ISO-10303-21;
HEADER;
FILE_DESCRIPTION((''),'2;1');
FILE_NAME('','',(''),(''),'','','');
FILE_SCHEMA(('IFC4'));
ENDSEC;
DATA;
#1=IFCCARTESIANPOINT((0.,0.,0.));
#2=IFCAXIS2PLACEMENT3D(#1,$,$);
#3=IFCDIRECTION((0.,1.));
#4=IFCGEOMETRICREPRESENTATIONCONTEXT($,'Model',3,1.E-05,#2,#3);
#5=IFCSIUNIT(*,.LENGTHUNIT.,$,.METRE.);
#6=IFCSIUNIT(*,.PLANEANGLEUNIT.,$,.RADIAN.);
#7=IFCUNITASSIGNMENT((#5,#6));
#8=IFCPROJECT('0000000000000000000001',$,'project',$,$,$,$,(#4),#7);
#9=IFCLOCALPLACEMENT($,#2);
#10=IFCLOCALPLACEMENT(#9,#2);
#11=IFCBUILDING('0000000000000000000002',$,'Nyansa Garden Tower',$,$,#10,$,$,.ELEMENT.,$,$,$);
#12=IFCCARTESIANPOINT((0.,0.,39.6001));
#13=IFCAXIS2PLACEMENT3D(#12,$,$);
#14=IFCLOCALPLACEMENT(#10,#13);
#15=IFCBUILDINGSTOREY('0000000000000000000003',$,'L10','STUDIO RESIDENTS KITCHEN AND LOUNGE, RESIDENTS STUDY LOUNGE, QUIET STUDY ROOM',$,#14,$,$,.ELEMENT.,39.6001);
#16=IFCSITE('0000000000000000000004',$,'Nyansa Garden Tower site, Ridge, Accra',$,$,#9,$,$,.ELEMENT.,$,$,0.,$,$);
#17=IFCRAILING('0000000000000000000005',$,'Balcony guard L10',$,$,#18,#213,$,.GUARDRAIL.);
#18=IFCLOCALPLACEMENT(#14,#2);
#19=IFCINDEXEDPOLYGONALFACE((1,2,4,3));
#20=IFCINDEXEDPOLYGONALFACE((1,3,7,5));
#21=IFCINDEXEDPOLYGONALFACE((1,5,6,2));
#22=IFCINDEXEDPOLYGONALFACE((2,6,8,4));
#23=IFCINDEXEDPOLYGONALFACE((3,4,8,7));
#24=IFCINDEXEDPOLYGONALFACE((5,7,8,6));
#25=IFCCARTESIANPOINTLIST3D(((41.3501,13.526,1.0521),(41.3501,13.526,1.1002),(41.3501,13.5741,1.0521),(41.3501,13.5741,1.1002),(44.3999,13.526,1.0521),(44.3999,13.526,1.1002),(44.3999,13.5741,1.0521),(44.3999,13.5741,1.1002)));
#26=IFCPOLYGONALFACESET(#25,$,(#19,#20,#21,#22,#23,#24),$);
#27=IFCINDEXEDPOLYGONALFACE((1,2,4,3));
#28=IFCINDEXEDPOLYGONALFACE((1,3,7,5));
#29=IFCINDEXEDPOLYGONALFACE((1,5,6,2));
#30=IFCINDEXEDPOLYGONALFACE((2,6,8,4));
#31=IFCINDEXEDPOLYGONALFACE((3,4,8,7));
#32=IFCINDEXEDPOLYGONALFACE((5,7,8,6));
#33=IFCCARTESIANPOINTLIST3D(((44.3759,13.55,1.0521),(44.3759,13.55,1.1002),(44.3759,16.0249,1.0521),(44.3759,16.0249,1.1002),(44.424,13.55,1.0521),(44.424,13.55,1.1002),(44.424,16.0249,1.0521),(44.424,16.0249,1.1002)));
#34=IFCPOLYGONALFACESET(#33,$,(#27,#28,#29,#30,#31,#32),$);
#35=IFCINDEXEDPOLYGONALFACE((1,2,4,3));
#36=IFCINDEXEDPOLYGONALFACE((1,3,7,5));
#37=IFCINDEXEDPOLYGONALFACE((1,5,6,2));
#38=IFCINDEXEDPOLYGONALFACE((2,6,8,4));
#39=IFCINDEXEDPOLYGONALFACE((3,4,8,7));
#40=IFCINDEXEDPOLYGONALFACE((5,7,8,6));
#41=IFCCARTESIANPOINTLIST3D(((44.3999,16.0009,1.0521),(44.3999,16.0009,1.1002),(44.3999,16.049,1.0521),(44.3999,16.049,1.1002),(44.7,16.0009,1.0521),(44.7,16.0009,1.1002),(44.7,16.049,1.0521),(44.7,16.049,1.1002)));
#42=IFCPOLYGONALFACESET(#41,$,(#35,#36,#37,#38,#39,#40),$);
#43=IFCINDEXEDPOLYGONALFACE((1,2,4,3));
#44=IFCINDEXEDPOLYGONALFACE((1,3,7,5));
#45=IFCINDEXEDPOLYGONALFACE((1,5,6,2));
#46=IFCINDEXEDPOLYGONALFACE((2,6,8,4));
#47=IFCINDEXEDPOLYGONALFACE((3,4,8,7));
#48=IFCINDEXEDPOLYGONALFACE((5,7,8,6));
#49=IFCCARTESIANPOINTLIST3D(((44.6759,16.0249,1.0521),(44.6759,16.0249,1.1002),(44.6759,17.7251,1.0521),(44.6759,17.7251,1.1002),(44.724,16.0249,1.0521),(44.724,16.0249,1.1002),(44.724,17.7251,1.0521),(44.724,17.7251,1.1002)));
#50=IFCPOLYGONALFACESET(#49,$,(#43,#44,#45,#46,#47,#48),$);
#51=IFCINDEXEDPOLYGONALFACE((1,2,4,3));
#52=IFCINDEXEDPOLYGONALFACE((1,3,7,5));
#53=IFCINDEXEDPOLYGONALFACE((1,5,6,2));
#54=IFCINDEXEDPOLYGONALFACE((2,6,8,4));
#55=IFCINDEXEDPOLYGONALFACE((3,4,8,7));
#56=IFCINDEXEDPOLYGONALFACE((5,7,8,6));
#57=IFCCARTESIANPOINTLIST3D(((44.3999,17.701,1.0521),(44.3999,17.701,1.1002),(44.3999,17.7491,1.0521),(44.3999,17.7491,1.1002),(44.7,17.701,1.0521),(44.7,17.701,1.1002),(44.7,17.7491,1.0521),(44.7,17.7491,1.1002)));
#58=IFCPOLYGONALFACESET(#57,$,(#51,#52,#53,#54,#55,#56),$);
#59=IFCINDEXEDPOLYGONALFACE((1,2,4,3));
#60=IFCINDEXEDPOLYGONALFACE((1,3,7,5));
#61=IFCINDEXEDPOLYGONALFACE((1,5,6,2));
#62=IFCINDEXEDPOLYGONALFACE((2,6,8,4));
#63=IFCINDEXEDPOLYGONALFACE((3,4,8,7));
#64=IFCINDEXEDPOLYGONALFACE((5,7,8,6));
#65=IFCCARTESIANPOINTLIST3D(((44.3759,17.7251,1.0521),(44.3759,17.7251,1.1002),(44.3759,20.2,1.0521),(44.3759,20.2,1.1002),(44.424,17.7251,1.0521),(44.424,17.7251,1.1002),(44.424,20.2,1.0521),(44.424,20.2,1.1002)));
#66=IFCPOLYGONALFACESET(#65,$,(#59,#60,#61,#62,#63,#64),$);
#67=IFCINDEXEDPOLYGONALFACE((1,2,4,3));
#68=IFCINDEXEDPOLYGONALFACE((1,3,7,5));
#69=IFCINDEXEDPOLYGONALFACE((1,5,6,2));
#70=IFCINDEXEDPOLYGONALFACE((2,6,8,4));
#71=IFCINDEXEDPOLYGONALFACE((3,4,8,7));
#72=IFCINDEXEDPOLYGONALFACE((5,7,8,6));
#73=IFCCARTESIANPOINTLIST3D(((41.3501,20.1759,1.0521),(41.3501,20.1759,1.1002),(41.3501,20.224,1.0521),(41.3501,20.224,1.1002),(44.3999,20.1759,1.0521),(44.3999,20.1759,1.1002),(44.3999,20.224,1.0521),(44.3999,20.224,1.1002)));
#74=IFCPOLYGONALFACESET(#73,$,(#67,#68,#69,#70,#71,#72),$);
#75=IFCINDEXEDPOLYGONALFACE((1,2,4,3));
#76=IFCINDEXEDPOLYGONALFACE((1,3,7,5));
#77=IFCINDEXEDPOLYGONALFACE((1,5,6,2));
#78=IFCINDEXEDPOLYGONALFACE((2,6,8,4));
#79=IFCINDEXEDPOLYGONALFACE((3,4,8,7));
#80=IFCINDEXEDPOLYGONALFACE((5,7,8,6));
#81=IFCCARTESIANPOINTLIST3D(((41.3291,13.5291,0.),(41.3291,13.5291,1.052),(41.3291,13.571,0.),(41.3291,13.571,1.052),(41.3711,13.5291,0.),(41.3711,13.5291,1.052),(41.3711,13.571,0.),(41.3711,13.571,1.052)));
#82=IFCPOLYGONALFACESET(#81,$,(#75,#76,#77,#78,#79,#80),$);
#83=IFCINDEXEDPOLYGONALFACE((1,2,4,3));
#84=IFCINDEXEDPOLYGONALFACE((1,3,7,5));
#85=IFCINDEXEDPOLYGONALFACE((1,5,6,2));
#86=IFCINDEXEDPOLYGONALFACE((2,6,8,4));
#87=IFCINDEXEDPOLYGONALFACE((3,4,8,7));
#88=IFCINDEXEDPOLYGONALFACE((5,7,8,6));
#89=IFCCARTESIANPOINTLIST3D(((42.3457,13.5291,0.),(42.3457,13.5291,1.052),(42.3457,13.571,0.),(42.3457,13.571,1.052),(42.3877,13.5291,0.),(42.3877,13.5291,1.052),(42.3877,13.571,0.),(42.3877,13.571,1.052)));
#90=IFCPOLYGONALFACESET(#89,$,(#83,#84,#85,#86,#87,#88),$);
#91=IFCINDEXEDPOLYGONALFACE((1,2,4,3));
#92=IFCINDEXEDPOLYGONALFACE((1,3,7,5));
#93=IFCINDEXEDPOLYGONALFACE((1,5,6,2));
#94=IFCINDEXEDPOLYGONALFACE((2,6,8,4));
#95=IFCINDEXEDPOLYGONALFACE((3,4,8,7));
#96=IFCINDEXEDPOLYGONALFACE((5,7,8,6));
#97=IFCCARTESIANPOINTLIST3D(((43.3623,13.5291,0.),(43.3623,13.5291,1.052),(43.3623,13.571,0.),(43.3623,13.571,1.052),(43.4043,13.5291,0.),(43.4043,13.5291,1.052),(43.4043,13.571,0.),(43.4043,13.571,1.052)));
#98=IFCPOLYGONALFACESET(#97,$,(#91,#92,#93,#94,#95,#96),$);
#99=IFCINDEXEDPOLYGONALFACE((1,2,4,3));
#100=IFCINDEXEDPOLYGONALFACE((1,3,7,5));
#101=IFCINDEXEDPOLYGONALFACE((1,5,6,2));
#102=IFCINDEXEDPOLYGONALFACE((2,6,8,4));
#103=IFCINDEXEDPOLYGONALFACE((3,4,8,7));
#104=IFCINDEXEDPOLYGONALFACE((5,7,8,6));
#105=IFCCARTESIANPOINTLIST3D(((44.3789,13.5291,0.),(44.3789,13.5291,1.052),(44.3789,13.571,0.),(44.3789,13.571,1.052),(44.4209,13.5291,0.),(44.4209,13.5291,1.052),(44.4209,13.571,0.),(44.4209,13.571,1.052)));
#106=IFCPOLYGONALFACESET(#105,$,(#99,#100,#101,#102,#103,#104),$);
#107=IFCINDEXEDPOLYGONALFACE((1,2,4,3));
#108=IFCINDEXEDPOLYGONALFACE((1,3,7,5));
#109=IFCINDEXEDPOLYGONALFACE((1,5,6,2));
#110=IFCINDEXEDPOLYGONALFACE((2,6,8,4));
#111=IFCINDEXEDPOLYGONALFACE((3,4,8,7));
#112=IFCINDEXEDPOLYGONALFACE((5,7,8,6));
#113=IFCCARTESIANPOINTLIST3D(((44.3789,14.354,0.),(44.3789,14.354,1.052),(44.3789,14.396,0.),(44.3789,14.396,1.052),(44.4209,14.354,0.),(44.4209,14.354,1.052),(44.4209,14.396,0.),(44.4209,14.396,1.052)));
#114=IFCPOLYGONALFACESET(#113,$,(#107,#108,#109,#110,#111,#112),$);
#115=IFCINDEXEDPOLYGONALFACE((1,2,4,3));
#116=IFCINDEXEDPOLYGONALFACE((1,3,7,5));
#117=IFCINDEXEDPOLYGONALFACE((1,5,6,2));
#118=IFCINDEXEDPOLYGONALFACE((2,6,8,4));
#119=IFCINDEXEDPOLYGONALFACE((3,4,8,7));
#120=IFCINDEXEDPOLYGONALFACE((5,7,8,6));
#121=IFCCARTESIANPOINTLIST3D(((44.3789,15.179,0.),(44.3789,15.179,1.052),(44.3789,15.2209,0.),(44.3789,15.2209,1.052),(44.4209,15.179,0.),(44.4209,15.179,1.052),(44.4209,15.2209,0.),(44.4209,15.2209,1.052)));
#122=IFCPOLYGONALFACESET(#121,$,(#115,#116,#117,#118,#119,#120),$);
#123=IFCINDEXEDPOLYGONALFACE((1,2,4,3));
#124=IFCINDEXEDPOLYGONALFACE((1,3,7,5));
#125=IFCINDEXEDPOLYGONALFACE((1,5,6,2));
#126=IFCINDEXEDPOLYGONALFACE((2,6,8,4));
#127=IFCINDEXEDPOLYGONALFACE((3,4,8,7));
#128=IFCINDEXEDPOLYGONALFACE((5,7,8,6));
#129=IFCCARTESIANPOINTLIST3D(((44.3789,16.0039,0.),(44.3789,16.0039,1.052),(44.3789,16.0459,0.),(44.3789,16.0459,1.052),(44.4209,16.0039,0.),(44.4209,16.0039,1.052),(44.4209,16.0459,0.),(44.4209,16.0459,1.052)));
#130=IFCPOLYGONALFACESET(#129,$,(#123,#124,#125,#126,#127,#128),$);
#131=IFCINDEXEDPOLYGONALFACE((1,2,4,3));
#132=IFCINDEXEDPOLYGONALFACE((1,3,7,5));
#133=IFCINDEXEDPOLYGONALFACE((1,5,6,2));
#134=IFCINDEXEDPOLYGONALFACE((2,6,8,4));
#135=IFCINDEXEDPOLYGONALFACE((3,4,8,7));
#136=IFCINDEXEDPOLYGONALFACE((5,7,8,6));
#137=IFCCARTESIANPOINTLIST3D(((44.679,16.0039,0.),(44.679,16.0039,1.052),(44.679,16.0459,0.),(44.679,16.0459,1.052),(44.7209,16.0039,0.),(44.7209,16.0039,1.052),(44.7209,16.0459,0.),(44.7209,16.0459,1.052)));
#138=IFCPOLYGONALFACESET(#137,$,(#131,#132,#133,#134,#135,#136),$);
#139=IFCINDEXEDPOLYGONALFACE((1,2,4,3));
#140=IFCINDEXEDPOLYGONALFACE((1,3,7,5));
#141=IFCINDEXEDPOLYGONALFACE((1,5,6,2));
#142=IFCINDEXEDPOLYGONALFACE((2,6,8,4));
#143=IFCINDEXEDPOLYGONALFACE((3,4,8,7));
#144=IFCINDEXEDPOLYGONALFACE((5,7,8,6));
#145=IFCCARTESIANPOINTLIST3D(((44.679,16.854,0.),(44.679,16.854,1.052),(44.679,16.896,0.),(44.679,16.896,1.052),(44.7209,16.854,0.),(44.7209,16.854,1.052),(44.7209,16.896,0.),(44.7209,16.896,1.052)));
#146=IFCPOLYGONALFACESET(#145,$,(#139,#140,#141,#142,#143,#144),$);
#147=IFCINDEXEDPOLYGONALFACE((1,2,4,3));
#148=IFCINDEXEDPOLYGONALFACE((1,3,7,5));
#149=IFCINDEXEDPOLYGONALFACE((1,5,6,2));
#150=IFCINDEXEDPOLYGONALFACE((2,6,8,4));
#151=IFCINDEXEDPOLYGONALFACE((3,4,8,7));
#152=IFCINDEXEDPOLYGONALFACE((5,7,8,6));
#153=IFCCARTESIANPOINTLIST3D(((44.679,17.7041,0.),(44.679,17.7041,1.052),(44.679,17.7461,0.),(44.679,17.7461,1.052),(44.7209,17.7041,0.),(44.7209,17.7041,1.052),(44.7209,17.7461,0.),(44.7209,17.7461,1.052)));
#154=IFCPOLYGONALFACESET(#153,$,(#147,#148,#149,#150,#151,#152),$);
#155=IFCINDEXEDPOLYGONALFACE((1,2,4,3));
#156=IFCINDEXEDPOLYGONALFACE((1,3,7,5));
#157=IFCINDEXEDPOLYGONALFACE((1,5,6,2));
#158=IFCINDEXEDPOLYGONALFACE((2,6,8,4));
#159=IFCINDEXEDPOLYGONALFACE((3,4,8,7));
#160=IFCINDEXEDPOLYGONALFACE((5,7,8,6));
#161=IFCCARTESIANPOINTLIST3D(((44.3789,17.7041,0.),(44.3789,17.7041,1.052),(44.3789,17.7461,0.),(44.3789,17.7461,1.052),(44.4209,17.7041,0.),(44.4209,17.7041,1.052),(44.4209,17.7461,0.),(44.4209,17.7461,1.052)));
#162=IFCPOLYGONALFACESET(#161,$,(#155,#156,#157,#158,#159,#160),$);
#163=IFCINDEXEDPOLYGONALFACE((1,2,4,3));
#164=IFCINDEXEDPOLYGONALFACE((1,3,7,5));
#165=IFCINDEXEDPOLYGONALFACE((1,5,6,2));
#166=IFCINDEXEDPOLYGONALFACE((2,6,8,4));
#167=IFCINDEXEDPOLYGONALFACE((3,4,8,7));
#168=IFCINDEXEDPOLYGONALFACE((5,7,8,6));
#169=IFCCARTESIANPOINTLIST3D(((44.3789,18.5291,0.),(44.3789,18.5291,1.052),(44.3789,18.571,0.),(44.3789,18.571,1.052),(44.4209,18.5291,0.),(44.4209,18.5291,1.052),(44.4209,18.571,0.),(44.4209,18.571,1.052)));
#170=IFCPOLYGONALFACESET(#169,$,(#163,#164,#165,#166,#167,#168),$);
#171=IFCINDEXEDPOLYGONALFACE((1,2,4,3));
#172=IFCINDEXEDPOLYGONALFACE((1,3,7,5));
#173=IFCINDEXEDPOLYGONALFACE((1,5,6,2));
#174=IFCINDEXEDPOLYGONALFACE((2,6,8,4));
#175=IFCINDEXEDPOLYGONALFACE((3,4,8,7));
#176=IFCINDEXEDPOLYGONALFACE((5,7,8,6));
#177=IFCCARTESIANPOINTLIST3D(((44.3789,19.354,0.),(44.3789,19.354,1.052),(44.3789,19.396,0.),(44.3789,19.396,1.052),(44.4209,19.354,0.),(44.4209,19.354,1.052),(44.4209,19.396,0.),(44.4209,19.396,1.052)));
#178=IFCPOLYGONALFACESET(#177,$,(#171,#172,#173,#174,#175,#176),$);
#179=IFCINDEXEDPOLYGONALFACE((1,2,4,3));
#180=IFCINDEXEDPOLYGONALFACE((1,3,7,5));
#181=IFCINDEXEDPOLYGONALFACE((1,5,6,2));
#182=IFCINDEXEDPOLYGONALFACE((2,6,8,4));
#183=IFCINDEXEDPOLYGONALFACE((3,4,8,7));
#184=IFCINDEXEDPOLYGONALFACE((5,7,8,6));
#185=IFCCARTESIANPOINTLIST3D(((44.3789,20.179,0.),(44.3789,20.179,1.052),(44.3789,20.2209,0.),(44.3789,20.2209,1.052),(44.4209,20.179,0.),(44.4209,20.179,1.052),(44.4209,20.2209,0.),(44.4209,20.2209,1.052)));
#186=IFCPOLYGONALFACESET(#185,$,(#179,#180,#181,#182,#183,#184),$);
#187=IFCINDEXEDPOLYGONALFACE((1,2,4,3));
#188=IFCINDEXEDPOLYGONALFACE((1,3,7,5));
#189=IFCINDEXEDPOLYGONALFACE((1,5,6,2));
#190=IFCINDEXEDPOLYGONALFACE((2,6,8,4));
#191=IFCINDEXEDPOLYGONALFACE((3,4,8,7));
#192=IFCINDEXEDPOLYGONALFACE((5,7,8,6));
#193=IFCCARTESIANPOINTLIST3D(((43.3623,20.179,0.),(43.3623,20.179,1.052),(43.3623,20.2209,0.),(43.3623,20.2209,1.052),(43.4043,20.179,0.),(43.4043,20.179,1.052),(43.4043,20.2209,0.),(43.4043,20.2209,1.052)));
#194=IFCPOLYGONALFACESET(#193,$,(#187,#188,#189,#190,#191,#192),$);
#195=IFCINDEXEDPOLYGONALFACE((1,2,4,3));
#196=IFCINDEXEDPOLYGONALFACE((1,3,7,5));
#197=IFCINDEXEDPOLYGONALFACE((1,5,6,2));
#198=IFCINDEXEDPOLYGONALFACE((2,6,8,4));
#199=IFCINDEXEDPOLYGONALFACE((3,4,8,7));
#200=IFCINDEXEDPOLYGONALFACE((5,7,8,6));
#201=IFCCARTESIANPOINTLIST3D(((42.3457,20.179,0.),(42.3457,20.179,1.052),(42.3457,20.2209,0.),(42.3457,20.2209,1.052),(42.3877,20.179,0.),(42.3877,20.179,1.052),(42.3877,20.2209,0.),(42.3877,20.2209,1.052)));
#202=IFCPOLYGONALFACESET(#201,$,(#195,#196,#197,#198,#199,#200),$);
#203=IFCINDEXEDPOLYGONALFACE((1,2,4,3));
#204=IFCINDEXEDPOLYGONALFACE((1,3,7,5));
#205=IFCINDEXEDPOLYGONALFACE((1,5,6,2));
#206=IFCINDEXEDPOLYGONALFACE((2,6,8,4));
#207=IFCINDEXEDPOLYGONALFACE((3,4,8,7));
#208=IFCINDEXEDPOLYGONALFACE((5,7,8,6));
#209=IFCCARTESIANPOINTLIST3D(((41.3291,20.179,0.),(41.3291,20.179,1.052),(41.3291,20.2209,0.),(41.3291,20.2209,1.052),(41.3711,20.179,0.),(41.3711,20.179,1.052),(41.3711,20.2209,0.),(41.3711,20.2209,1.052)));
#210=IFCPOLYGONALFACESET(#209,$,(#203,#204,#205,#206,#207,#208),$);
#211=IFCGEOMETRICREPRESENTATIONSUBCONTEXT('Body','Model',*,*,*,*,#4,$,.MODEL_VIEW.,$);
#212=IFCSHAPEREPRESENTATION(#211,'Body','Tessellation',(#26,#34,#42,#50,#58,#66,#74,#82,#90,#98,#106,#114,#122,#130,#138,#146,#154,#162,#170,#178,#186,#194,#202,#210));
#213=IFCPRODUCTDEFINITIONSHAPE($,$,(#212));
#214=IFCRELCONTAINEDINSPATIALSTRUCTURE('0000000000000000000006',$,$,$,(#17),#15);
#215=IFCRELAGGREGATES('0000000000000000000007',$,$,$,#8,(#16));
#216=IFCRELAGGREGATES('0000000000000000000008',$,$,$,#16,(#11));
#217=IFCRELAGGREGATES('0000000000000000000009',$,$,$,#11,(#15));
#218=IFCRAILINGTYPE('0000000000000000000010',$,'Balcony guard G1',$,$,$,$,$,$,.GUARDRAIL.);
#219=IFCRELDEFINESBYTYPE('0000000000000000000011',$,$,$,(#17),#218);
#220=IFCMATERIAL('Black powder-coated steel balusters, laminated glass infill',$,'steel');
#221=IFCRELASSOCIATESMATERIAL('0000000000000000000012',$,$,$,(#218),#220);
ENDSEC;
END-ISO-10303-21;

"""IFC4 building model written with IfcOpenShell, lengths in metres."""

from ifc_helpers import new_model, si_unit, direction, frame, origin, origin_2d, place, context, subcontext, project, spatial, rectangle, extrude, material, type_object, element, save


model = new_model("IFC4")

# Units and contexts
model_context = context("Model", 3, precision=1e-05, world=origin(), true_north=direction((0.0, 1.0)))
body_context = subcontext(model_context, "Body", "Model", "MODEL_VIEW")
ifc_project = project(units=[si_unit("LENGTHUNIT", "METRE"), si_unit("PLANEANGLEUNIT", "RADIAN")], contexts=[model_context])

# Site, building, storey
site_placement = place(None, origin())
site = spatial("IfcSite", under=ifc_project, at=site_placement, Name="Nyansa Garden Tower site, Ridge, Accra", CompositionType="ELEMENT", RefElevation=0.0)
building_placement = place(site_placement, origin())
building = spatial("IfcBuilding", under=site, at=building_placement, Name="Nyansa Garden Tower", CompositionType="ELEMENT")
storey_placement = place(building_placement, frame((0.0, 0.0, 39.6001)))
storey = spatial("IfcBuildingStorey", under=building, at=storey_placement, Name="L10", Description="STUDIO RESIDENTS KITCHEN AND LOUNGE, RESIDENTS STUDY LOUNGE, QUIET STUDY ROOM", CompositionType="ELEMENT", Elevation=39.6001)

# Railing
ifc_material_1 = material(Name="Black powder-coated steel balusters, laminated glass infill", Category="steel")
railing_type = type_object("IfcRailingType", Name="Balcony guard G1", PredefinedType="GUARDRAIL", material=ifc_material_1)
railing_placement = place(storey_placement, frame((41.3501, 13.55, 0.0)))
element("IfcRailing", 1, at=railing_placement, inside=storey, type_object=railing_type, Name="Balcony guard L10", PredefinedType="GUARDRAIL", context=body_context, shape_type="SweptSolid", body=[
    extrude(rectangle(XDim=0.0481, YDim=0.0481, at=origin_2d()), frame((0.0, 0.0, 1.0762), z_axis=(1.0, 0.0, 0.0), x_axis=(0.0, 1.0, 0.0)), (0.0, 0.0, 1.0), 3.0498),
    extrude(rectangle(XDim=0.0481, YDim=0.0481, at=origin_2d()), frame((3.0498, 0.0, 1.0762), z_axis=(0.0, 1.0, 0.0), x_axis=(-1.0, 0.0, 0.0)), (0.0, 0.0, 1.0), 2.4749),
    extrude(rectangle(XDim=0.0481, YDim=0.0481, at=origin_2d()), frame((3.0498, 2.4749, 1.0762), z_axis=(1.0, 0.0, 0.0), x_axis=(0.0, 1.0, 0.0)), (0.0, 0.0, 1.0), 0.3),
    extrude(rectangle(XDim=0.0481, YDim=0.0481, at=origin_2d()), frame((3.3499, 2.4749, 1.0762), z_axis=(0.0, 1.0, 0.0), x_axis=(-1.0, 0.0, 0.0)), (0.0, 0.0, 1.0), 1.7002),
    extrude(rectangle(XDim=0.0481, YDim=0.0481, at=origin_2d()), frame((3.3499, 4.175, 1.0762), z_axis=(-1.0, 0.0, 0.0), x_axis=(0.0, -1.0, 0.0)), (0.0, 0.0, 1.0), 0.3),
    extrude(rectangle(XDim=0.0481, YDim=0.0481, at=origin_2d()), frame((3.0498, 4.175, 1.0762), z_axis=(0.0, 1.0, 0.0), x_axis=(-1.0, 0.0, 0.0)), (0.0, 0.0, 1.0), 2.4749),
    extrude(rectangle(XDim=0.0481, YDim=0.0481, at=origin_2d()), frame((3.0498, 6.6499, 1.0762), z_axis=(-1.0, 0.0, 0.0), x_axis=(0.0, -1.0, 0.0)), (0.0, 0.0, 1.0), 3.0498),
    extrude(rectangle(XDim=0.042, YDim=0.042, at=origin_2d()), origin(), (0.0, 0.0, 1.0), 1.052),
    extrude(rectangle(XDim=0.042, YDim=0.042, at=origin_2d()), frame((1.0166, 0.0, 0.0)), (0.0, 0.0, 1.0), 1.052),
    extrude(rectangle(XDim=0.042, YDim=0.042, at=origin_2d()), frame((2.0332, 0.0, 0.0)), (0.0, 0.0, 1.0), 1.052),
    extrude(rectangle(XDim=0.042, YDim=0.042, at=origin_2d()), frame((3.0498, 0.0, 0.0)), (0.0, 0.0, 1.0), 1.052),
    extrude(rectangle(XDim=0.042, YDim=0.042, at=origin_2d()), frame((3.0498, 0.825, 0.0)), (0.0, 0.0, 1.0), 1.052),
    extrude(rectangle(XDim=0.042, YDim=0.042, at=origin_2d()), frame((3.0498, 1.6499, 0.0)), (0.0, 0.0, 1.0), 1.052),
    extrude(rectangle(XDim=0.042, YDim=0.042, at=origin_2d()), frame((3.0498, 2.4749, 0.0)), (0.0, 0.0, 1.0), 1.052),
    extrude(rectangle(XDim=0.042, YDim=0.042, at=origin_2d()), frame((3.3499, 2.4749, 0.0)), (0.0, 0.0, 1.0), 1.052),
    extrude(rectangle(XDim=0.042, YDim=0.042, at=origin_2d()), frame((3.3499, 3.325, 0.0)), (0.0, 0.0, 1.0), 1.052),
    extrude(rectangle(XDim=0.042, YDim=0.042, at=origin_2d()), frame((3.3499, 4.175, 0.0)), (0.0, 0.0, 1.0), 1.052),
    extrude(rectangle(XDim=0.042, YDim=0.042, at=origin_2d()), frame((3.0498, 4.175, 0.0)), (0.0, 0.0, 1.0), 1.052),
    extrude(rectangle(XDim=0.042, YDim=0.042, at=origin_2d()), frame((3.0498, 5.0, 0.0)), (0.0, 0.0, 1.0), 1.052),
    extrude(rectangle(XDim=0.042, YDim=0.042, at=origin_2d()), frame((3.0498, 5.825, 0.0)), (0.0, 0.0, 1.0), 1.052),
    extrude(rectangle(XDim=0.042, YDim=0.042, at=origin_2d()), frame((3.0498, 6.6499, 0.0)), (0.0, 0.0, 1.0), 1.052),
    extrude(rectangle(XDim=0.042, YDim=0.042, at=origin_2d()), frame((2.0332, 6.6499, 0.0)), (0.0, 0.0, 1.0), 1.052),
    extrude(rectangle(XDim=0.042, YDim=0.042, at=origin_2d()), frame((1.0166, 6.6499, 0.0)), (0.0, 0.0, 1.0), 1.052),
    extrude(rectangle(XDim=0.042, YDim=0.042, at=origin_2d()), frame((0.0, 6.6499, 0.0)), (0.0, 0.0, 1.0), 1.052),
])

save(model, "model.ifc")
